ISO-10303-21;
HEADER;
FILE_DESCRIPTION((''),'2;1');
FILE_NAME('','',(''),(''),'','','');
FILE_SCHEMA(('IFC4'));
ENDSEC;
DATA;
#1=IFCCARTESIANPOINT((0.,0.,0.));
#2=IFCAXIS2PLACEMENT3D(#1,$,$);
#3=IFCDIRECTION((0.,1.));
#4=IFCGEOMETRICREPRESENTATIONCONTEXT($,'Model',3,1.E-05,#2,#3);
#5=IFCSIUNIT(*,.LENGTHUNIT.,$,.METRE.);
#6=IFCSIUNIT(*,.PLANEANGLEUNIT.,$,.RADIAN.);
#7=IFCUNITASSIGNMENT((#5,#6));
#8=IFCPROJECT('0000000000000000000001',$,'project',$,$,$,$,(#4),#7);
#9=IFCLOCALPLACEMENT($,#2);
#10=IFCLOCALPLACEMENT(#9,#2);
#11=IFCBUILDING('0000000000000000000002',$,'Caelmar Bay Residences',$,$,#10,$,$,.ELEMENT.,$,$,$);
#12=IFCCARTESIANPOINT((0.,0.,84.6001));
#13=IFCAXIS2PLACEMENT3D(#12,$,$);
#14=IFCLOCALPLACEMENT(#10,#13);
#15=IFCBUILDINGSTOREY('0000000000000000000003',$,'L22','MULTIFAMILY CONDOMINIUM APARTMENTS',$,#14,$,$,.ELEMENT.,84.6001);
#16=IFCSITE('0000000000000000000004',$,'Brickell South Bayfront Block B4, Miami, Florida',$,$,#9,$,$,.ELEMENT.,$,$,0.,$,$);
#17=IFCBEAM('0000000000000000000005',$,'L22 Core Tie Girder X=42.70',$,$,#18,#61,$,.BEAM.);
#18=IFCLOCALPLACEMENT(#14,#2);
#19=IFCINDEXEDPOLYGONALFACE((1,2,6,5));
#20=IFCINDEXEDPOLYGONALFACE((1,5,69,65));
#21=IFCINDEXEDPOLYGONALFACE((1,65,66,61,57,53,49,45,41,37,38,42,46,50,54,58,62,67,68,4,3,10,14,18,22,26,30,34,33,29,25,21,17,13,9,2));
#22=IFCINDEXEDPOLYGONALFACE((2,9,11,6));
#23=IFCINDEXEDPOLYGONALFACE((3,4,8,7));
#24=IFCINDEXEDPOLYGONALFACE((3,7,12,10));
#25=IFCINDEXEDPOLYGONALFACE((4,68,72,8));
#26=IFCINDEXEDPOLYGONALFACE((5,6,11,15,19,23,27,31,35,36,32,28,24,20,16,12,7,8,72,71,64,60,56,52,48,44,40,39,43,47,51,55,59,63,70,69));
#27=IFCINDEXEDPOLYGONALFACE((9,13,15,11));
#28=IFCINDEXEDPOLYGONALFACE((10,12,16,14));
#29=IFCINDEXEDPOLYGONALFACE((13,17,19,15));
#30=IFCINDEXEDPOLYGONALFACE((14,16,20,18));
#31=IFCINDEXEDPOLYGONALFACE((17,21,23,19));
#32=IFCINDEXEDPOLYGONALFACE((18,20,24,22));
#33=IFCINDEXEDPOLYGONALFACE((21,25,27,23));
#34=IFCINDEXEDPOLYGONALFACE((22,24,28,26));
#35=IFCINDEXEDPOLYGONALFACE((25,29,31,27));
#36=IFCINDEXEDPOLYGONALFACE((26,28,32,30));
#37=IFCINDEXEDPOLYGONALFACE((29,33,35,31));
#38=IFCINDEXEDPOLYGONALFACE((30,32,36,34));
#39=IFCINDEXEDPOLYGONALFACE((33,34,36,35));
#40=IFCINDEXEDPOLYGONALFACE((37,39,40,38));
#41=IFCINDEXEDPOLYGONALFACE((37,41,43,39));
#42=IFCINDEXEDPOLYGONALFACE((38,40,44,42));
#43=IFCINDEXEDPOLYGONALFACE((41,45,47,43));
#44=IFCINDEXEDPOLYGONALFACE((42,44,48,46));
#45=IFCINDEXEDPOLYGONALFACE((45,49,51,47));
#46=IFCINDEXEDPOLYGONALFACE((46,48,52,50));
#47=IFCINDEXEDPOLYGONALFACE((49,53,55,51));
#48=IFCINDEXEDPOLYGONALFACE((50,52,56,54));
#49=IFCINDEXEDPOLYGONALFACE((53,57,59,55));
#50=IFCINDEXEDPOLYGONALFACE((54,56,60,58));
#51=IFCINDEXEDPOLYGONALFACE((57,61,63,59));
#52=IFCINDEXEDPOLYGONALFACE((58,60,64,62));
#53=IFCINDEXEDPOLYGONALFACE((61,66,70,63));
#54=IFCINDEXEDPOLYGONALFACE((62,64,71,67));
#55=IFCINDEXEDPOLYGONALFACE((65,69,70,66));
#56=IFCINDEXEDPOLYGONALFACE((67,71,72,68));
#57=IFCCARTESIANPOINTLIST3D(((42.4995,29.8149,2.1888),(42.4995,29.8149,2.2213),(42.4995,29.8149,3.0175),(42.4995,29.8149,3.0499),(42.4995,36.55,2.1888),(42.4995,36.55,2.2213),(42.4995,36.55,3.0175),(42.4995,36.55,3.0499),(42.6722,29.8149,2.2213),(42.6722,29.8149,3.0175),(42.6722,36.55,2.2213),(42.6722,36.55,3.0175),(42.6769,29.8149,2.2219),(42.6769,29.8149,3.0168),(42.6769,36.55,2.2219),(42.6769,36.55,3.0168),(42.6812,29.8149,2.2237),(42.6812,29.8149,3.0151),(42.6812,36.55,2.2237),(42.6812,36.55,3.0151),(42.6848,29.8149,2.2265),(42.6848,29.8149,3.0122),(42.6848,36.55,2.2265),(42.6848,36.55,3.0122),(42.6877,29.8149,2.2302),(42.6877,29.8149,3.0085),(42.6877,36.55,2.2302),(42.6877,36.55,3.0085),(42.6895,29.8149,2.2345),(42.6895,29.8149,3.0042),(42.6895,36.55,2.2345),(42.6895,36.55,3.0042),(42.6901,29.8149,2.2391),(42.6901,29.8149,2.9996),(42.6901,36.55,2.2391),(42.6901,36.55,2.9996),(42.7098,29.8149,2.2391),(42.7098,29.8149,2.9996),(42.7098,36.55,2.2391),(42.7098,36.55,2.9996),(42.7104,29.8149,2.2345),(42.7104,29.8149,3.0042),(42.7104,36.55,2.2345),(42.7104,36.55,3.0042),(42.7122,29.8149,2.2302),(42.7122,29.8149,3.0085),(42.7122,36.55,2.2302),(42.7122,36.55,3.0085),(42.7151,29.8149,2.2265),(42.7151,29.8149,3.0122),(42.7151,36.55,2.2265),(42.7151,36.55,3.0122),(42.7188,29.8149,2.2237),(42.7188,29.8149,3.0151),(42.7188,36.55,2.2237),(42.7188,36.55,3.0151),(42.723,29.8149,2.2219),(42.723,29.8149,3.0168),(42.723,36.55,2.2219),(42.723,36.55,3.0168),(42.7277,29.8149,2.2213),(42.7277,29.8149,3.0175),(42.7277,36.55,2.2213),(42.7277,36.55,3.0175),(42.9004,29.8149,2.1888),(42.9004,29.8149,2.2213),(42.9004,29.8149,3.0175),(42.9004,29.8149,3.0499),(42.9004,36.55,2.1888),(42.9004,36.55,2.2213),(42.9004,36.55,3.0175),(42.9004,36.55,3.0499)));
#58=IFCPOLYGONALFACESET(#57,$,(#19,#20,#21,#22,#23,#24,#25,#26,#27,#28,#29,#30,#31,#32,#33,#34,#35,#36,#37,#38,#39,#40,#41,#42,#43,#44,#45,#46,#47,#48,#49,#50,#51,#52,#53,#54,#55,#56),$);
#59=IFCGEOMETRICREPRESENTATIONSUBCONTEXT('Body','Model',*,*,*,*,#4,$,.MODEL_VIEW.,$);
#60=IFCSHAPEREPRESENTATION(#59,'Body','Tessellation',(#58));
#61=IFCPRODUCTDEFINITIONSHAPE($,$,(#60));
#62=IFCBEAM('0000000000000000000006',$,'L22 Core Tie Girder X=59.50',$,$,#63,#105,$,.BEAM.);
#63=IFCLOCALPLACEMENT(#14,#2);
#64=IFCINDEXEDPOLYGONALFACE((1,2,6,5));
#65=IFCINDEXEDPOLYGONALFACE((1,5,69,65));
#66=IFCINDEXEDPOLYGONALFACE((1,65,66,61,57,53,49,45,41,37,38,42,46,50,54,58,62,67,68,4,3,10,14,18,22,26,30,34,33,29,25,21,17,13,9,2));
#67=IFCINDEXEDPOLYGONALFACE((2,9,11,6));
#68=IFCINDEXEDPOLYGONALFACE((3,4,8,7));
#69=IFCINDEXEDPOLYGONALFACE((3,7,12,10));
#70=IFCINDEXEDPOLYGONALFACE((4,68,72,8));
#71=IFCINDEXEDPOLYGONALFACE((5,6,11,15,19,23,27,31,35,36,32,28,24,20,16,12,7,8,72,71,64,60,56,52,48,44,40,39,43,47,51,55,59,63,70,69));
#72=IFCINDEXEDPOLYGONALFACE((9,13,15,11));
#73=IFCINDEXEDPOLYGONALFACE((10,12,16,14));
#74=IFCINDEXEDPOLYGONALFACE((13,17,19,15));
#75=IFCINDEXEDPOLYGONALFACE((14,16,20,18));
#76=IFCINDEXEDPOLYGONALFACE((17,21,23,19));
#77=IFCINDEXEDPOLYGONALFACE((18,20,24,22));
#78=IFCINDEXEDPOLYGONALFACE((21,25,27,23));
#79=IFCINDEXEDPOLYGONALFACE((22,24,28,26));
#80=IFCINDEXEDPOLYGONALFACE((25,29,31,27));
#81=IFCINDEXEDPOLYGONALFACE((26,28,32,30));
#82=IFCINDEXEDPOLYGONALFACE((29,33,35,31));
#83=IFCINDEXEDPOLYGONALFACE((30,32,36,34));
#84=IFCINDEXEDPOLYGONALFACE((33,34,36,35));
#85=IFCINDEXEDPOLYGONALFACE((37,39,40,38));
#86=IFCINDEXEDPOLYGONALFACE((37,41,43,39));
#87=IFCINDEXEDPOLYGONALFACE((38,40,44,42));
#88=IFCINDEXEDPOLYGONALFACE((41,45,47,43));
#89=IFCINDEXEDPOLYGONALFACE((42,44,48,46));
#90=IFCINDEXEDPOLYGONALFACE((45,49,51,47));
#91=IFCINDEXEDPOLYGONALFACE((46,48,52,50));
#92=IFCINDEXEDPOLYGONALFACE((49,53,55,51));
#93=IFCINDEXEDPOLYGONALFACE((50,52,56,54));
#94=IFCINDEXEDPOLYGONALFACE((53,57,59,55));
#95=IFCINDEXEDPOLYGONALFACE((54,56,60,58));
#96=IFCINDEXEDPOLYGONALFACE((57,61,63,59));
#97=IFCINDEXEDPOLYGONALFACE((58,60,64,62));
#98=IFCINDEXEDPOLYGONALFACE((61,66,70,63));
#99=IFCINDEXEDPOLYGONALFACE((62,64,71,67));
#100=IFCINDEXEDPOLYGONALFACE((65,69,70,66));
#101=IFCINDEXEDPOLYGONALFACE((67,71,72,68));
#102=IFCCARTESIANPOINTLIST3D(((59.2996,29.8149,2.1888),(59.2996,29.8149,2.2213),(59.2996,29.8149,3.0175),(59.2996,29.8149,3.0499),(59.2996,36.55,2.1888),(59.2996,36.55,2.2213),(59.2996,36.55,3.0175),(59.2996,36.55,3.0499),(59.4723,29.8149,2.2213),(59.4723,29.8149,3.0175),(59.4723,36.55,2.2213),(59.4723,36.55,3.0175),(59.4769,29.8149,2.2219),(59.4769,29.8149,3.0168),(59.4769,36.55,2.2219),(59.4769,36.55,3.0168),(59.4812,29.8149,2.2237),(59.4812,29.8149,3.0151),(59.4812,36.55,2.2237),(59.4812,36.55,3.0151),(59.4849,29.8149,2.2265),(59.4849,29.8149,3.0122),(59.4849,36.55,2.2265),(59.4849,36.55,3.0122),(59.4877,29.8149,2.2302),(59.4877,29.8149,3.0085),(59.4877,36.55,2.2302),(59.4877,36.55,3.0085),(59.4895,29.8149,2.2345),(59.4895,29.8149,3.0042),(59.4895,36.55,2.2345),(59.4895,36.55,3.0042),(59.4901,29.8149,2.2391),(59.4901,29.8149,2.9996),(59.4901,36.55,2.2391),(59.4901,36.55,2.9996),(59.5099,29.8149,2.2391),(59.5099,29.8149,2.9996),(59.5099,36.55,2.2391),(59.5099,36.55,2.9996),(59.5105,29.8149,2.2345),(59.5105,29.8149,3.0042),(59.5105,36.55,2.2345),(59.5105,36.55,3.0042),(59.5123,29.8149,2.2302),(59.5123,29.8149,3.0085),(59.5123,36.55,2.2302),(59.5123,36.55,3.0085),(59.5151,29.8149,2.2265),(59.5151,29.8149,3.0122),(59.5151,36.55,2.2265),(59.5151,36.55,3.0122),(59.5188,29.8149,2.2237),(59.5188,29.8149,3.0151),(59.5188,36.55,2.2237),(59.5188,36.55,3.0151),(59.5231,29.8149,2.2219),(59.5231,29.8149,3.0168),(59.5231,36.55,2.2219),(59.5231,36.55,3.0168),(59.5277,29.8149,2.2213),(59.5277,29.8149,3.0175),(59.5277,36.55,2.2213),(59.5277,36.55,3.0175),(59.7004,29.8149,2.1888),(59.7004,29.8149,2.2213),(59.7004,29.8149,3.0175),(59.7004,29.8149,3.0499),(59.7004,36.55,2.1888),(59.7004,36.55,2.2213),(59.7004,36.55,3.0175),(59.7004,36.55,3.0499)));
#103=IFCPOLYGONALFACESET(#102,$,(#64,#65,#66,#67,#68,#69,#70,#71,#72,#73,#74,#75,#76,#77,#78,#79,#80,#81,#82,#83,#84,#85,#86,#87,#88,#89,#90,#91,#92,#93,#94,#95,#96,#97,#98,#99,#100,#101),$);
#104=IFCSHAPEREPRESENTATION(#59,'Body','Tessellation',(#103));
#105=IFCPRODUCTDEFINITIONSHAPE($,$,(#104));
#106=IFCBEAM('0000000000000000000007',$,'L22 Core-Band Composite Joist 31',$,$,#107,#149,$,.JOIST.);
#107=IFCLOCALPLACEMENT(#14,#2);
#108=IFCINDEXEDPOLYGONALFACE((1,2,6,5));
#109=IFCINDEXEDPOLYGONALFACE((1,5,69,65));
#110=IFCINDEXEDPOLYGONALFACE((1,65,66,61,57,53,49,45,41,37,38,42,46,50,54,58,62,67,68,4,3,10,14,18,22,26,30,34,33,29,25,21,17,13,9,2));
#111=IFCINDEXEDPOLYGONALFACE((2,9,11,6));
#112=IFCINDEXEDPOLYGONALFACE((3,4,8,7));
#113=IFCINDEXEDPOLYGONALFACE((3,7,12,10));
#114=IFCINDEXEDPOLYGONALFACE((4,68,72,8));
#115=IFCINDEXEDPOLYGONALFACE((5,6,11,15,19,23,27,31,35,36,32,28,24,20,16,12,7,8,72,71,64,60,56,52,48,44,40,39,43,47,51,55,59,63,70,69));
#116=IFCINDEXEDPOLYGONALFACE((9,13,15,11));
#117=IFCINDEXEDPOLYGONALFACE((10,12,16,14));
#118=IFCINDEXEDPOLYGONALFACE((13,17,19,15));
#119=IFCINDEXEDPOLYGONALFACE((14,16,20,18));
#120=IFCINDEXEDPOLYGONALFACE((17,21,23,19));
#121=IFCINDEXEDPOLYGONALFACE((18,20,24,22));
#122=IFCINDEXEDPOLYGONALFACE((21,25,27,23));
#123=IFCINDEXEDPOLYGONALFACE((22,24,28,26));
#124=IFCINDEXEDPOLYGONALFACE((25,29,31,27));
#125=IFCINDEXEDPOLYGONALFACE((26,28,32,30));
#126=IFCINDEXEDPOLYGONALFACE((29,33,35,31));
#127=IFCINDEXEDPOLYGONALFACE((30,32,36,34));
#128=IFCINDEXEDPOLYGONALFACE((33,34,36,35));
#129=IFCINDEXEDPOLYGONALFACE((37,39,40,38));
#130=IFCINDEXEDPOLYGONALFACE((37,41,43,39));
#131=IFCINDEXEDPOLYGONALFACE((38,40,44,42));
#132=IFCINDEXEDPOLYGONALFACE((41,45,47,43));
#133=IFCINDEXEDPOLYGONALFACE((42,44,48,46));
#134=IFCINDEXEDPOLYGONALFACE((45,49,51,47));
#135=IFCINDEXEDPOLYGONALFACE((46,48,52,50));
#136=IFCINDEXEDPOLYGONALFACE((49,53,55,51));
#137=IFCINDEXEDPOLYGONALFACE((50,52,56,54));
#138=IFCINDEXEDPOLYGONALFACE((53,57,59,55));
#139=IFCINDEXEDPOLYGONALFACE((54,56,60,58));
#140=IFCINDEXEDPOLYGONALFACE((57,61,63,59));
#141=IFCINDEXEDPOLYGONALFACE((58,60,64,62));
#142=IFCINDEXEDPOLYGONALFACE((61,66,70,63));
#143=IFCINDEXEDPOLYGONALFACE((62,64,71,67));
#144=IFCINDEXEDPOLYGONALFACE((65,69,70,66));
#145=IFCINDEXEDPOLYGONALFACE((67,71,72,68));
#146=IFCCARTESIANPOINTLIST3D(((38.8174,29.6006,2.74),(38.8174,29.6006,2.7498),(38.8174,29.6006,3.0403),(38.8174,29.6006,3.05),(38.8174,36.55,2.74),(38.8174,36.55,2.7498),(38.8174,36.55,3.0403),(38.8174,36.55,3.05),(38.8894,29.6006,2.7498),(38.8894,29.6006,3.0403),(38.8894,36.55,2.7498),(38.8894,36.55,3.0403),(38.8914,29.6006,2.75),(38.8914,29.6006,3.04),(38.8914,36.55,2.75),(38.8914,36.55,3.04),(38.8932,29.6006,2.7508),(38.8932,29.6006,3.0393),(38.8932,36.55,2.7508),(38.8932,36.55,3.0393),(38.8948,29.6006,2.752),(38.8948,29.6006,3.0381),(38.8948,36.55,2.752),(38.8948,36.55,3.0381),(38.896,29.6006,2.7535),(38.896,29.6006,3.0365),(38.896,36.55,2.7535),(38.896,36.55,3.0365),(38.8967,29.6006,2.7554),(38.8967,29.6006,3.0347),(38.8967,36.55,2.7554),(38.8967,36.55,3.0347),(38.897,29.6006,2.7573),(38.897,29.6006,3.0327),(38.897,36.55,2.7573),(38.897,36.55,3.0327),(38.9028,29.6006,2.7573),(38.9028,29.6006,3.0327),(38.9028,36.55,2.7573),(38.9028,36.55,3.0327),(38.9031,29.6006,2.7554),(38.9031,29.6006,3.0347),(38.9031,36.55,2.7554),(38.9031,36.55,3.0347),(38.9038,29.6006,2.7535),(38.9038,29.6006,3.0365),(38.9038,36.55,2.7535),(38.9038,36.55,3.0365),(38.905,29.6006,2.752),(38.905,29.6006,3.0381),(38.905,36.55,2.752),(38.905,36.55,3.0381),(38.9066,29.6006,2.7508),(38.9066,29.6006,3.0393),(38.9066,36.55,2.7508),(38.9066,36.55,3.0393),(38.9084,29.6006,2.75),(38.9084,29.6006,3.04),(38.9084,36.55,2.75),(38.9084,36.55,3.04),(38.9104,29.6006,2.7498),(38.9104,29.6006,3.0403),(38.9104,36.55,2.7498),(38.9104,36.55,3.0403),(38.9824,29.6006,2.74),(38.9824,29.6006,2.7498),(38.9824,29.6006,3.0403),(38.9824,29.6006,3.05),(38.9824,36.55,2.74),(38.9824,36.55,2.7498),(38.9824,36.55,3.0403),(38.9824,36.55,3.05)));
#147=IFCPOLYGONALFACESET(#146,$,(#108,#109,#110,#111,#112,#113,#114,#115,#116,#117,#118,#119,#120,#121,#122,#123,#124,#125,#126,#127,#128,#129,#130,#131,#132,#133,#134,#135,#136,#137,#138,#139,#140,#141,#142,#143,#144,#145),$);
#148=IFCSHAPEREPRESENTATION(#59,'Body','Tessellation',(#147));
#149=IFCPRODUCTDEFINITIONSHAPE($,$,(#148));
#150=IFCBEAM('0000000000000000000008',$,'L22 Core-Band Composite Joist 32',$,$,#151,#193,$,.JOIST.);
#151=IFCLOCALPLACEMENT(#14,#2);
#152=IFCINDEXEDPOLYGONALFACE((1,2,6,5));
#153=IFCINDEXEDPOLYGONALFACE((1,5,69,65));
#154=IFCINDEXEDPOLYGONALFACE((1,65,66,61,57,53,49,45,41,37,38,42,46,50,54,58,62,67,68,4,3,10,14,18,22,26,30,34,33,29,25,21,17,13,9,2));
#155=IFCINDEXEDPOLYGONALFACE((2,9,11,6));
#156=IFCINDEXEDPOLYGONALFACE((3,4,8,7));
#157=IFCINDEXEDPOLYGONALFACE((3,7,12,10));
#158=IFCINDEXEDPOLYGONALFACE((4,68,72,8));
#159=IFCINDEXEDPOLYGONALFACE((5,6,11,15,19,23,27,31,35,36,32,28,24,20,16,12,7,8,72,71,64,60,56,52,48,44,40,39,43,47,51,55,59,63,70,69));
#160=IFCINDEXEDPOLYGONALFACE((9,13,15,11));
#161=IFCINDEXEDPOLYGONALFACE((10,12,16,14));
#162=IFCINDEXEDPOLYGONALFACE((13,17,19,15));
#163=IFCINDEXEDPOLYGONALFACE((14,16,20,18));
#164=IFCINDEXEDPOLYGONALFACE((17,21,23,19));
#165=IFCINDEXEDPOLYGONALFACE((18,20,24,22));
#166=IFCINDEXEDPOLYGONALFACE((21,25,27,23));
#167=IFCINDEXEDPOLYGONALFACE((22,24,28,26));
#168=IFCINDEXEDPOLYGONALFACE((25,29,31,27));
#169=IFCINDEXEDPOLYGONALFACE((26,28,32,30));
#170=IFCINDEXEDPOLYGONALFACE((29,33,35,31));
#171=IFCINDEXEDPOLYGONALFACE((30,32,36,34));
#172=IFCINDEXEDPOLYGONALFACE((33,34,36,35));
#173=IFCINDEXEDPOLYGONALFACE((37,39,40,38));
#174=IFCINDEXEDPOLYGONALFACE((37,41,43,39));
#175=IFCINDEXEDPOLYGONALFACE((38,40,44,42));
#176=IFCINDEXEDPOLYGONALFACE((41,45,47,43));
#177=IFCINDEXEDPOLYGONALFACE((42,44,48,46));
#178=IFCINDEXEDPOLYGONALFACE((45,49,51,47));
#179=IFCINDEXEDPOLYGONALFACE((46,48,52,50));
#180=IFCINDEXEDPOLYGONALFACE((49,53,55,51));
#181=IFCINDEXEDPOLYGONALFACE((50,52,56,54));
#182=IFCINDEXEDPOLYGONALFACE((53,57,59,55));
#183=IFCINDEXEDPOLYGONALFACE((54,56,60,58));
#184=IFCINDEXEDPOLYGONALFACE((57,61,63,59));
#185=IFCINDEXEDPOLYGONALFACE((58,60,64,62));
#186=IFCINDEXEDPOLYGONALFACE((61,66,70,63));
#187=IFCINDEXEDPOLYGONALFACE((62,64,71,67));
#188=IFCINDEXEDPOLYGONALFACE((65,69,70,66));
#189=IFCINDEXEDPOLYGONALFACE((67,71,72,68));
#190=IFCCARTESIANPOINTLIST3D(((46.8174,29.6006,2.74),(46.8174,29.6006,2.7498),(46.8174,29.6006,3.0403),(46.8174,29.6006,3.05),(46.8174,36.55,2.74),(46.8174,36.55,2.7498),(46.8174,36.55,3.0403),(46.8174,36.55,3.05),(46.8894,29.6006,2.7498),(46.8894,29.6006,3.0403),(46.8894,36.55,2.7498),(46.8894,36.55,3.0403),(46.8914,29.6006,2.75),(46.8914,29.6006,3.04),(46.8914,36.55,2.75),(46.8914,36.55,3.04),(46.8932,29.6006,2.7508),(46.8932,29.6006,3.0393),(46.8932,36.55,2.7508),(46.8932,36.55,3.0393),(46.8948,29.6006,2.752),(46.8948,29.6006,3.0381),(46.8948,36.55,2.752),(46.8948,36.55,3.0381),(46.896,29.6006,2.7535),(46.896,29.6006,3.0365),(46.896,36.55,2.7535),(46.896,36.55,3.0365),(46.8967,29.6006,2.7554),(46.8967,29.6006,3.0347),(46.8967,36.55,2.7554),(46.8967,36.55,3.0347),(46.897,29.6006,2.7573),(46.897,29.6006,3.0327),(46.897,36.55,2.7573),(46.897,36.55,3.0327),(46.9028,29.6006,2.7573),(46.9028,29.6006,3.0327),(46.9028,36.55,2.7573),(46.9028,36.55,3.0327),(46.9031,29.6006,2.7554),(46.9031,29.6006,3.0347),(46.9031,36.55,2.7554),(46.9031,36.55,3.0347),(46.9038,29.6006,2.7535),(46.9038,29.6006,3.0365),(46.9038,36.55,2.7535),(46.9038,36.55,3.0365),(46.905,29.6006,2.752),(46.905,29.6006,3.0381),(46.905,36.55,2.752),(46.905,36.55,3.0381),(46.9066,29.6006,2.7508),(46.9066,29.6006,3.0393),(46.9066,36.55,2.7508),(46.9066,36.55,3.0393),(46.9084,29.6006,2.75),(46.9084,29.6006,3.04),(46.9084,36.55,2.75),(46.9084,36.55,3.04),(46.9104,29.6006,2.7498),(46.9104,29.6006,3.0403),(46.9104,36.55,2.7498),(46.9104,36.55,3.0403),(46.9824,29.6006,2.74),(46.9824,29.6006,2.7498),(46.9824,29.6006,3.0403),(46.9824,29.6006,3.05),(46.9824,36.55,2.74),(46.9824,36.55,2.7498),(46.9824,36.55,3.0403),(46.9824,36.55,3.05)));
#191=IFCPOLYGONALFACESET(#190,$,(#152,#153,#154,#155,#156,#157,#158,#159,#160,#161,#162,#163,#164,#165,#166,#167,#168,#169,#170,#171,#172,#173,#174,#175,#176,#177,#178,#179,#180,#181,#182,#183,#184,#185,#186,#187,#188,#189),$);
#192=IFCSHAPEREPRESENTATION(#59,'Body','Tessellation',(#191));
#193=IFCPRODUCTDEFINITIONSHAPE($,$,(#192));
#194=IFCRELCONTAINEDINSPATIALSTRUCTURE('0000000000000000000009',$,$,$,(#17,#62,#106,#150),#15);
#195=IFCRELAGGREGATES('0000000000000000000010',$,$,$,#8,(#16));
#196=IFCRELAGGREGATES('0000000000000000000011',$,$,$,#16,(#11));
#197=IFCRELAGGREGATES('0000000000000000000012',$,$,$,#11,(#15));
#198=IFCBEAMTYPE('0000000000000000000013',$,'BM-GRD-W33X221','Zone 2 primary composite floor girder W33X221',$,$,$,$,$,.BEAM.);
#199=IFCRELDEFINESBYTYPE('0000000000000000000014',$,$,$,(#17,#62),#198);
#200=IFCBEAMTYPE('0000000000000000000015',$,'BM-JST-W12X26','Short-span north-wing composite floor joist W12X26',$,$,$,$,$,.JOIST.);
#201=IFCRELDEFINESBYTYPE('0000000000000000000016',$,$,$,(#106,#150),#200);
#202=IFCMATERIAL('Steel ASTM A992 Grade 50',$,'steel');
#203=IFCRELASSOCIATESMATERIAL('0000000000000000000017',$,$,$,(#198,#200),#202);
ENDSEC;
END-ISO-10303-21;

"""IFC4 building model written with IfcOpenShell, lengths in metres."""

from ifc_helpers import new_model, si_unit, direction, frame, origin, origin_2d, place, context, subcontext, project, spatial, i_section, extrude, material, material_profile, profile_set, type_object, element, save


model = new_model("IFC4")

# Units and contexts
model_context = context("Model", 3, precision=1e-05, world=origin(), true_north=direction((0.0, 1.0)))
body_context = subcontext(model_context, "Body", "Model", "MODEL_VIEW")
ifc_project = project(units=[si_unit("LENGTHUNIT", "METRE"), si_unit("PLANEANGLEUNIT", "RADIAN")], contexts=[model_context])

# Site, building, storey
site_placement = place(None, origin())
site = spatial("IfcSite", under=ifc_project, at=site_placement, Name="Brickell South Bayfront Block B4, Miami, Florida", CompositionType="ELEMENT", RefElevation=0.0)
building_placement = place(site_placement, origin())
building = spatial("IfcBuilding", under=site, at=building_placement, Name="Caelmar Bay Residences", CompositionType="ELEMENT")
storey_placement = place(building_placement, frame((0.0, 0.0, 84.6001)))
storey = spatial("IfcBuildingStorey", under=building, at=storey_placement, Name="L22", Description="MULTIFAMILY CONDOMINIUM APARTMENTS", CompositionType="ELEMENT", Elevation=84.6001)

# Beams
ifc_material_1 = material(Name="Steel ASTM A992 Grade 50", Category="steel")
ifc_material_profile_1 = material_profile(ifc_material_1, i_section(OverallWidth=0.4009, OverallDepth=0.8611, WebThickness=0.0198, FlangeThickness=0.0325, FilletRadius=0.0178, at=origin_2d()), Name="W33X221")
ifc_profile_set_1 = profile_set([ifc_material_profile_1], Name="Steel ASTM A992 Grade 50")
beam_type_1 = type_object("IfcBeamType", Name="BM-GRD-W33X221", Description="Zone 2 primary composite floor girder W33X221", PredefinedType="BEAM", material=ifc_profile_set_1)
for number, where, z_axis, x_axis, name in (
    (1, (42.7, 29.8149, 2.6194), (0.0, 1.0, 0.0), (-1.0, 0.0, 0.0), "L22 Core Tie Girder X=42.70"),
    (2, (59.5, 29.8149, 2.6194), (0.0, 1.0, 0.0), (-1.0, 0.0, 0.0), "L22 Core Tie Girder X=59.50"),
):
    element("IfcBeam", number, at=place(storey_placement, frame(where, z_axis=z_axis, x_axis=x_axis)), inside=storey, type_object=beam_type_1, Name=name, PredefinedType="BEAM", context=body_context, shape_type="SweptSolid", body=[
        extrude(i_section(OverallWidth=0.4009, OverallDepth=0.8611, WebThickness=0.0198, FlangeThickness=0.0325, FilletRadius=0.0178, at=origin_2d()), origin(), (0.0, 0.0, 1.0), 6.7351),
    ])
ifc_material_profile_2 = material_profile(ifc_material_1, i_section(OverallWidth=0.165, OverallDepth=0.3101, WebThickness=0.0059, FlangeThickness=0.0098, FilletRadius=0.0076, at=origin_2d()), Name="W12X26")
ifc_profile_set_2 = profile_set([ifc_material_profile_2], Name="Steel ASTM A992 Grade 50")
beam_type_2 = type_object("IfcBeamType", Name="BM-JST-W12X26", Description="Short-span north-wing composite floor joist W12X26", PredefinedType="JOIST", material=ifc_profile_set_2)
for number, where, z_axis, x_axis, name in (
    (3, (38.8999, 29.6006, 2.895), (0.0, 1.0, 0.0), (-1.0, 0.0, 0.0), "L22 Core-Band Composite Joist 31"),
    (4, (46.8999, 29.6006, 2.895), (0.0, 1.0, 0.0), (-1.0, 0.0, 0.0), "L22 Core-Band Composite Joist 32"),
):
    element("IfcBeam", number, at=place(storey_placement, frame(where, z_axis=z_axis, x_axis=x_axis)), inside=storey, type_object=beam_type_2, Name=name, PredefinedType="JOIST", context=body_context, shape_type="SweptSolid", body=[
        extrude(i_section(OverallWidth=0.165, OverallDepth=0.3101, WebThickness=0.0059, FlangeThickness=0.0098, FilletRadius=0.0076, at=origin_2d()), origin(), (0.0, 0.0, 1.0), 6.9495),
    ])

save(model, "model.ifc")
